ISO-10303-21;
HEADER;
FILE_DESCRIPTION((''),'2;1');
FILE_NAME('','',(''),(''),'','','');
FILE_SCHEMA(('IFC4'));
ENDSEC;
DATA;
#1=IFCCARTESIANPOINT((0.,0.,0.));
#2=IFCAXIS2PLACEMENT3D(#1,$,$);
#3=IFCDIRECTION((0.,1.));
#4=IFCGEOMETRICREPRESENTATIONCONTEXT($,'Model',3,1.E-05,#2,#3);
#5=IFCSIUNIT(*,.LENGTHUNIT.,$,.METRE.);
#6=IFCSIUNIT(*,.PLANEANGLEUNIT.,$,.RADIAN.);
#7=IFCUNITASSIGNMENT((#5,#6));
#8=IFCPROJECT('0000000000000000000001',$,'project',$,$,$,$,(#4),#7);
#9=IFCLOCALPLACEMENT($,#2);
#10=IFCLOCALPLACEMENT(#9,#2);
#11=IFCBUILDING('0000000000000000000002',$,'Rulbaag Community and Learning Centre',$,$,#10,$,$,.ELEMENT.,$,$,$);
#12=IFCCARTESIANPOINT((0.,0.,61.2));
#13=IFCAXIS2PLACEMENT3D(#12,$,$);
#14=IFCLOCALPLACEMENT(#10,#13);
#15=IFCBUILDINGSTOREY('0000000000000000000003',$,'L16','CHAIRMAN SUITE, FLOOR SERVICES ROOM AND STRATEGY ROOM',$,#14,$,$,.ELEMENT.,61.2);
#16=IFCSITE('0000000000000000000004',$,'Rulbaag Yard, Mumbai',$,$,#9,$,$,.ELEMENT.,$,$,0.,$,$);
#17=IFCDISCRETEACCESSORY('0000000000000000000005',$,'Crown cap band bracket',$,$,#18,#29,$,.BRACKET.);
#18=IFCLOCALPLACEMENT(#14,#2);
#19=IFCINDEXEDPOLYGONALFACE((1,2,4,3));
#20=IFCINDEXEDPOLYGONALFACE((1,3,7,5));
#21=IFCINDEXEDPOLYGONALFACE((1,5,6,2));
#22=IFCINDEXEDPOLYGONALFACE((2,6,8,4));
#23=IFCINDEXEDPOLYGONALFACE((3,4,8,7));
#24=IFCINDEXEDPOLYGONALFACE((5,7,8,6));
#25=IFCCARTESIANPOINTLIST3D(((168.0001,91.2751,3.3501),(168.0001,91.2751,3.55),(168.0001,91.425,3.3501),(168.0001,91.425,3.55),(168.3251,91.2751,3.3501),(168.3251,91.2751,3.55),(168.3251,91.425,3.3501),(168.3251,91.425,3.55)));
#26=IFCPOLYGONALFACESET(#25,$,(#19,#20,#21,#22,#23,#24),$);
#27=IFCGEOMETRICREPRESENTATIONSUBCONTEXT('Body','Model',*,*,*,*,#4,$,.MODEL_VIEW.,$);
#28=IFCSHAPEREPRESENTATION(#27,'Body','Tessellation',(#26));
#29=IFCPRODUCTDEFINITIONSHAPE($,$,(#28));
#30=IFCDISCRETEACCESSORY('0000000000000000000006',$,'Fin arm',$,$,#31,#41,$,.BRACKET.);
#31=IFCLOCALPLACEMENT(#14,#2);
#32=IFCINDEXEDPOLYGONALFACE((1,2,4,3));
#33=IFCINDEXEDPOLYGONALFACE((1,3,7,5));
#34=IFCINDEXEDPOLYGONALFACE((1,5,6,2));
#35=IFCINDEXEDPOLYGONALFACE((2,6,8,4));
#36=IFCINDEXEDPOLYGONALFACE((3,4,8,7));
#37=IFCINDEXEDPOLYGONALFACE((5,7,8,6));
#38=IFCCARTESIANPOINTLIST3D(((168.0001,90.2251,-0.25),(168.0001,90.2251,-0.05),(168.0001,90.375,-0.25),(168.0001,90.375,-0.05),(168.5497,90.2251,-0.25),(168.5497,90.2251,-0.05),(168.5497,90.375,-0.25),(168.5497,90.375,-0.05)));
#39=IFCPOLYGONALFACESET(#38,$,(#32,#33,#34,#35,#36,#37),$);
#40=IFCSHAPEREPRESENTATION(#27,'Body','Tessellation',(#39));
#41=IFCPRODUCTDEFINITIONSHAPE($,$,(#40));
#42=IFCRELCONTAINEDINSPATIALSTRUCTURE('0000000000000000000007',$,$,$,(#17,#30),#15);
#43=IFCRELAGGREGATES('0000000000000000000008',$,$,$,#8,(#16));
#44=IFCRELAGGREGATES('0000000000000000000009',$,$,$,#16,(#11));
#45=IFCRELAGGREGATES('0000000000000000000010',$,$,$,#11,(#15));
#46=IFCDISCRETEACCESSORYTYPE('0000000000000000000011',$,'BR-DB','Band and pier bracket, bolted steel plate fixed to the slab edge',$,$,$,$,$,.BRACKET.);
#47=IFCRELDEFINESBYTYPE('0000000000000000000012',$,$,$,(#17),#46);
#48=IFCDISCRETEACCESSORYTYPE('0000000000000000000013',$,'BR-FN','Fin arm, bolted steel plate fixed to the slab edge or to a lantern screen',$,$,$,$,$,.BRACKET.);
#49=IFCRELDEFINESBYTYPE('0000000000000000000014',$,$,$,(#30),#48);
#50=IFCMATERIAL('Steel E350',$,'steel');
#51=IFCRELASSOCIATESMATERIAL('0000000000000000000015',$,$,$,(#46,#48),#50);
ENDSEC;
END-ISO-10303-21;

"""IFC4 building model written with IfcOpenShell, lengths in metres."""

from ifc_helpers import new_model, si_unit, direction, frame, origin, origin_2d, place, context, subcontext, project, spatial, rectangle, extrude, material, type_object, element, save


model = new_model("IFC4")

# Units and contexts
model_context = context("Model", 3, precision=1e-05, world=origin(), true_north=direction((0.0, 1.0)))
body_context = subcontext(model_context, "Body", "Model", "MODEL_VIEW")
ifc_project = project(units=[si_unit("LENGTHUNIT", "METRE"), si_unit("PLANEANGLEUNIT", "RADIAN")], contexts=[model_context])

# Site, building, storey
site_placement = place(None, origin())
site = spatial("IfcSite", under=ifc_project, at=site_placement, Name="Rulbaag Yard, Mumbai", CompositionType="ELEMENT", RefElevation=0.0)
building_placement = place(site_placement, origin())
building = spatial("IfcBuilding", under=site, at=building_placement, Name="Rulbaag Community and Learning Centre", CompositionType="ELEMENT")
storey_placement = place(building_placement, frame((0.0, 0.0, 61.2)))
storey = spatial("IfcBuildingStorey", under=building, at=storey_placement, Name="L16", Description="CHAIRMAN SUITE, FLOOR SERVICES ROOM AND STRATEGY ROOM", CompositionType="ELEMENT", Elevation=61.2)

# Discrete accessories
ifc_material_1 = material(Name="Steel E350", Category="steel")
discrete_accessory_type_1 = type_object("IfcDiscreteAccessoryType", Name="BR-DB", Description="Band and pier bracket, bolted steel plate fixed to the slab edge", PredefinedType="BRACKET", material=ifc_material_1)
for number, where, z_axis, x_axis, name in (
    (1, (168.1626, 91.3501, 3.3501), (0.0, 0.0, 1.0), (1.0, 0.0, 0.0), "Crown cap band bracket"),
):
    element("IfcDiscreteAccessory", number, at=place(storey_placement, frame(where, z_axis=z_axis, x_axis=x_axis)), inside=storey, type_object=discrete_accessory_type_1, Name=name, PredefinedType="BRACKET", context=body_context, shape_type="SweptSolid", body=[
        extrude(rectangle(XDim=0.325, YDim=0.1499, at=origin_2d()), origin(), (0.0, 0.0, 1.0), 0.2),
    ])
discrete_accessory_type_2 = type_object("IfcDiscreteAccessoryType", Name="BR-FN", Description="Fin arm, bolted steel plate fixed to the slab edge or to a lantern screen", PredefinedType="BRACKET", material=ifc_material_1)
discrete_accessory_placement = place(storey_placement, frame((168.2749, 90.3, -0.25), z_axis=(0.0, 0.0, 1.0), x_axis=(1.0, 0.0, 0.0)))
element("IfcDiscreteAccessory", 2, at=discrete_accessory_placement, inside=storey, type_object=discrete_accessory_type_2, Name="Fin arm", PredefinedType="BRACKET", context=body_context, shape_type="SweptSolid", body=[
    extrude(rectangle(XDim=0.5496, YDim=0.1499, at=origin_2d()), origin(), (0.0, 0.0, 1.0), 0.2),
])

save(model, "model.ifc")
